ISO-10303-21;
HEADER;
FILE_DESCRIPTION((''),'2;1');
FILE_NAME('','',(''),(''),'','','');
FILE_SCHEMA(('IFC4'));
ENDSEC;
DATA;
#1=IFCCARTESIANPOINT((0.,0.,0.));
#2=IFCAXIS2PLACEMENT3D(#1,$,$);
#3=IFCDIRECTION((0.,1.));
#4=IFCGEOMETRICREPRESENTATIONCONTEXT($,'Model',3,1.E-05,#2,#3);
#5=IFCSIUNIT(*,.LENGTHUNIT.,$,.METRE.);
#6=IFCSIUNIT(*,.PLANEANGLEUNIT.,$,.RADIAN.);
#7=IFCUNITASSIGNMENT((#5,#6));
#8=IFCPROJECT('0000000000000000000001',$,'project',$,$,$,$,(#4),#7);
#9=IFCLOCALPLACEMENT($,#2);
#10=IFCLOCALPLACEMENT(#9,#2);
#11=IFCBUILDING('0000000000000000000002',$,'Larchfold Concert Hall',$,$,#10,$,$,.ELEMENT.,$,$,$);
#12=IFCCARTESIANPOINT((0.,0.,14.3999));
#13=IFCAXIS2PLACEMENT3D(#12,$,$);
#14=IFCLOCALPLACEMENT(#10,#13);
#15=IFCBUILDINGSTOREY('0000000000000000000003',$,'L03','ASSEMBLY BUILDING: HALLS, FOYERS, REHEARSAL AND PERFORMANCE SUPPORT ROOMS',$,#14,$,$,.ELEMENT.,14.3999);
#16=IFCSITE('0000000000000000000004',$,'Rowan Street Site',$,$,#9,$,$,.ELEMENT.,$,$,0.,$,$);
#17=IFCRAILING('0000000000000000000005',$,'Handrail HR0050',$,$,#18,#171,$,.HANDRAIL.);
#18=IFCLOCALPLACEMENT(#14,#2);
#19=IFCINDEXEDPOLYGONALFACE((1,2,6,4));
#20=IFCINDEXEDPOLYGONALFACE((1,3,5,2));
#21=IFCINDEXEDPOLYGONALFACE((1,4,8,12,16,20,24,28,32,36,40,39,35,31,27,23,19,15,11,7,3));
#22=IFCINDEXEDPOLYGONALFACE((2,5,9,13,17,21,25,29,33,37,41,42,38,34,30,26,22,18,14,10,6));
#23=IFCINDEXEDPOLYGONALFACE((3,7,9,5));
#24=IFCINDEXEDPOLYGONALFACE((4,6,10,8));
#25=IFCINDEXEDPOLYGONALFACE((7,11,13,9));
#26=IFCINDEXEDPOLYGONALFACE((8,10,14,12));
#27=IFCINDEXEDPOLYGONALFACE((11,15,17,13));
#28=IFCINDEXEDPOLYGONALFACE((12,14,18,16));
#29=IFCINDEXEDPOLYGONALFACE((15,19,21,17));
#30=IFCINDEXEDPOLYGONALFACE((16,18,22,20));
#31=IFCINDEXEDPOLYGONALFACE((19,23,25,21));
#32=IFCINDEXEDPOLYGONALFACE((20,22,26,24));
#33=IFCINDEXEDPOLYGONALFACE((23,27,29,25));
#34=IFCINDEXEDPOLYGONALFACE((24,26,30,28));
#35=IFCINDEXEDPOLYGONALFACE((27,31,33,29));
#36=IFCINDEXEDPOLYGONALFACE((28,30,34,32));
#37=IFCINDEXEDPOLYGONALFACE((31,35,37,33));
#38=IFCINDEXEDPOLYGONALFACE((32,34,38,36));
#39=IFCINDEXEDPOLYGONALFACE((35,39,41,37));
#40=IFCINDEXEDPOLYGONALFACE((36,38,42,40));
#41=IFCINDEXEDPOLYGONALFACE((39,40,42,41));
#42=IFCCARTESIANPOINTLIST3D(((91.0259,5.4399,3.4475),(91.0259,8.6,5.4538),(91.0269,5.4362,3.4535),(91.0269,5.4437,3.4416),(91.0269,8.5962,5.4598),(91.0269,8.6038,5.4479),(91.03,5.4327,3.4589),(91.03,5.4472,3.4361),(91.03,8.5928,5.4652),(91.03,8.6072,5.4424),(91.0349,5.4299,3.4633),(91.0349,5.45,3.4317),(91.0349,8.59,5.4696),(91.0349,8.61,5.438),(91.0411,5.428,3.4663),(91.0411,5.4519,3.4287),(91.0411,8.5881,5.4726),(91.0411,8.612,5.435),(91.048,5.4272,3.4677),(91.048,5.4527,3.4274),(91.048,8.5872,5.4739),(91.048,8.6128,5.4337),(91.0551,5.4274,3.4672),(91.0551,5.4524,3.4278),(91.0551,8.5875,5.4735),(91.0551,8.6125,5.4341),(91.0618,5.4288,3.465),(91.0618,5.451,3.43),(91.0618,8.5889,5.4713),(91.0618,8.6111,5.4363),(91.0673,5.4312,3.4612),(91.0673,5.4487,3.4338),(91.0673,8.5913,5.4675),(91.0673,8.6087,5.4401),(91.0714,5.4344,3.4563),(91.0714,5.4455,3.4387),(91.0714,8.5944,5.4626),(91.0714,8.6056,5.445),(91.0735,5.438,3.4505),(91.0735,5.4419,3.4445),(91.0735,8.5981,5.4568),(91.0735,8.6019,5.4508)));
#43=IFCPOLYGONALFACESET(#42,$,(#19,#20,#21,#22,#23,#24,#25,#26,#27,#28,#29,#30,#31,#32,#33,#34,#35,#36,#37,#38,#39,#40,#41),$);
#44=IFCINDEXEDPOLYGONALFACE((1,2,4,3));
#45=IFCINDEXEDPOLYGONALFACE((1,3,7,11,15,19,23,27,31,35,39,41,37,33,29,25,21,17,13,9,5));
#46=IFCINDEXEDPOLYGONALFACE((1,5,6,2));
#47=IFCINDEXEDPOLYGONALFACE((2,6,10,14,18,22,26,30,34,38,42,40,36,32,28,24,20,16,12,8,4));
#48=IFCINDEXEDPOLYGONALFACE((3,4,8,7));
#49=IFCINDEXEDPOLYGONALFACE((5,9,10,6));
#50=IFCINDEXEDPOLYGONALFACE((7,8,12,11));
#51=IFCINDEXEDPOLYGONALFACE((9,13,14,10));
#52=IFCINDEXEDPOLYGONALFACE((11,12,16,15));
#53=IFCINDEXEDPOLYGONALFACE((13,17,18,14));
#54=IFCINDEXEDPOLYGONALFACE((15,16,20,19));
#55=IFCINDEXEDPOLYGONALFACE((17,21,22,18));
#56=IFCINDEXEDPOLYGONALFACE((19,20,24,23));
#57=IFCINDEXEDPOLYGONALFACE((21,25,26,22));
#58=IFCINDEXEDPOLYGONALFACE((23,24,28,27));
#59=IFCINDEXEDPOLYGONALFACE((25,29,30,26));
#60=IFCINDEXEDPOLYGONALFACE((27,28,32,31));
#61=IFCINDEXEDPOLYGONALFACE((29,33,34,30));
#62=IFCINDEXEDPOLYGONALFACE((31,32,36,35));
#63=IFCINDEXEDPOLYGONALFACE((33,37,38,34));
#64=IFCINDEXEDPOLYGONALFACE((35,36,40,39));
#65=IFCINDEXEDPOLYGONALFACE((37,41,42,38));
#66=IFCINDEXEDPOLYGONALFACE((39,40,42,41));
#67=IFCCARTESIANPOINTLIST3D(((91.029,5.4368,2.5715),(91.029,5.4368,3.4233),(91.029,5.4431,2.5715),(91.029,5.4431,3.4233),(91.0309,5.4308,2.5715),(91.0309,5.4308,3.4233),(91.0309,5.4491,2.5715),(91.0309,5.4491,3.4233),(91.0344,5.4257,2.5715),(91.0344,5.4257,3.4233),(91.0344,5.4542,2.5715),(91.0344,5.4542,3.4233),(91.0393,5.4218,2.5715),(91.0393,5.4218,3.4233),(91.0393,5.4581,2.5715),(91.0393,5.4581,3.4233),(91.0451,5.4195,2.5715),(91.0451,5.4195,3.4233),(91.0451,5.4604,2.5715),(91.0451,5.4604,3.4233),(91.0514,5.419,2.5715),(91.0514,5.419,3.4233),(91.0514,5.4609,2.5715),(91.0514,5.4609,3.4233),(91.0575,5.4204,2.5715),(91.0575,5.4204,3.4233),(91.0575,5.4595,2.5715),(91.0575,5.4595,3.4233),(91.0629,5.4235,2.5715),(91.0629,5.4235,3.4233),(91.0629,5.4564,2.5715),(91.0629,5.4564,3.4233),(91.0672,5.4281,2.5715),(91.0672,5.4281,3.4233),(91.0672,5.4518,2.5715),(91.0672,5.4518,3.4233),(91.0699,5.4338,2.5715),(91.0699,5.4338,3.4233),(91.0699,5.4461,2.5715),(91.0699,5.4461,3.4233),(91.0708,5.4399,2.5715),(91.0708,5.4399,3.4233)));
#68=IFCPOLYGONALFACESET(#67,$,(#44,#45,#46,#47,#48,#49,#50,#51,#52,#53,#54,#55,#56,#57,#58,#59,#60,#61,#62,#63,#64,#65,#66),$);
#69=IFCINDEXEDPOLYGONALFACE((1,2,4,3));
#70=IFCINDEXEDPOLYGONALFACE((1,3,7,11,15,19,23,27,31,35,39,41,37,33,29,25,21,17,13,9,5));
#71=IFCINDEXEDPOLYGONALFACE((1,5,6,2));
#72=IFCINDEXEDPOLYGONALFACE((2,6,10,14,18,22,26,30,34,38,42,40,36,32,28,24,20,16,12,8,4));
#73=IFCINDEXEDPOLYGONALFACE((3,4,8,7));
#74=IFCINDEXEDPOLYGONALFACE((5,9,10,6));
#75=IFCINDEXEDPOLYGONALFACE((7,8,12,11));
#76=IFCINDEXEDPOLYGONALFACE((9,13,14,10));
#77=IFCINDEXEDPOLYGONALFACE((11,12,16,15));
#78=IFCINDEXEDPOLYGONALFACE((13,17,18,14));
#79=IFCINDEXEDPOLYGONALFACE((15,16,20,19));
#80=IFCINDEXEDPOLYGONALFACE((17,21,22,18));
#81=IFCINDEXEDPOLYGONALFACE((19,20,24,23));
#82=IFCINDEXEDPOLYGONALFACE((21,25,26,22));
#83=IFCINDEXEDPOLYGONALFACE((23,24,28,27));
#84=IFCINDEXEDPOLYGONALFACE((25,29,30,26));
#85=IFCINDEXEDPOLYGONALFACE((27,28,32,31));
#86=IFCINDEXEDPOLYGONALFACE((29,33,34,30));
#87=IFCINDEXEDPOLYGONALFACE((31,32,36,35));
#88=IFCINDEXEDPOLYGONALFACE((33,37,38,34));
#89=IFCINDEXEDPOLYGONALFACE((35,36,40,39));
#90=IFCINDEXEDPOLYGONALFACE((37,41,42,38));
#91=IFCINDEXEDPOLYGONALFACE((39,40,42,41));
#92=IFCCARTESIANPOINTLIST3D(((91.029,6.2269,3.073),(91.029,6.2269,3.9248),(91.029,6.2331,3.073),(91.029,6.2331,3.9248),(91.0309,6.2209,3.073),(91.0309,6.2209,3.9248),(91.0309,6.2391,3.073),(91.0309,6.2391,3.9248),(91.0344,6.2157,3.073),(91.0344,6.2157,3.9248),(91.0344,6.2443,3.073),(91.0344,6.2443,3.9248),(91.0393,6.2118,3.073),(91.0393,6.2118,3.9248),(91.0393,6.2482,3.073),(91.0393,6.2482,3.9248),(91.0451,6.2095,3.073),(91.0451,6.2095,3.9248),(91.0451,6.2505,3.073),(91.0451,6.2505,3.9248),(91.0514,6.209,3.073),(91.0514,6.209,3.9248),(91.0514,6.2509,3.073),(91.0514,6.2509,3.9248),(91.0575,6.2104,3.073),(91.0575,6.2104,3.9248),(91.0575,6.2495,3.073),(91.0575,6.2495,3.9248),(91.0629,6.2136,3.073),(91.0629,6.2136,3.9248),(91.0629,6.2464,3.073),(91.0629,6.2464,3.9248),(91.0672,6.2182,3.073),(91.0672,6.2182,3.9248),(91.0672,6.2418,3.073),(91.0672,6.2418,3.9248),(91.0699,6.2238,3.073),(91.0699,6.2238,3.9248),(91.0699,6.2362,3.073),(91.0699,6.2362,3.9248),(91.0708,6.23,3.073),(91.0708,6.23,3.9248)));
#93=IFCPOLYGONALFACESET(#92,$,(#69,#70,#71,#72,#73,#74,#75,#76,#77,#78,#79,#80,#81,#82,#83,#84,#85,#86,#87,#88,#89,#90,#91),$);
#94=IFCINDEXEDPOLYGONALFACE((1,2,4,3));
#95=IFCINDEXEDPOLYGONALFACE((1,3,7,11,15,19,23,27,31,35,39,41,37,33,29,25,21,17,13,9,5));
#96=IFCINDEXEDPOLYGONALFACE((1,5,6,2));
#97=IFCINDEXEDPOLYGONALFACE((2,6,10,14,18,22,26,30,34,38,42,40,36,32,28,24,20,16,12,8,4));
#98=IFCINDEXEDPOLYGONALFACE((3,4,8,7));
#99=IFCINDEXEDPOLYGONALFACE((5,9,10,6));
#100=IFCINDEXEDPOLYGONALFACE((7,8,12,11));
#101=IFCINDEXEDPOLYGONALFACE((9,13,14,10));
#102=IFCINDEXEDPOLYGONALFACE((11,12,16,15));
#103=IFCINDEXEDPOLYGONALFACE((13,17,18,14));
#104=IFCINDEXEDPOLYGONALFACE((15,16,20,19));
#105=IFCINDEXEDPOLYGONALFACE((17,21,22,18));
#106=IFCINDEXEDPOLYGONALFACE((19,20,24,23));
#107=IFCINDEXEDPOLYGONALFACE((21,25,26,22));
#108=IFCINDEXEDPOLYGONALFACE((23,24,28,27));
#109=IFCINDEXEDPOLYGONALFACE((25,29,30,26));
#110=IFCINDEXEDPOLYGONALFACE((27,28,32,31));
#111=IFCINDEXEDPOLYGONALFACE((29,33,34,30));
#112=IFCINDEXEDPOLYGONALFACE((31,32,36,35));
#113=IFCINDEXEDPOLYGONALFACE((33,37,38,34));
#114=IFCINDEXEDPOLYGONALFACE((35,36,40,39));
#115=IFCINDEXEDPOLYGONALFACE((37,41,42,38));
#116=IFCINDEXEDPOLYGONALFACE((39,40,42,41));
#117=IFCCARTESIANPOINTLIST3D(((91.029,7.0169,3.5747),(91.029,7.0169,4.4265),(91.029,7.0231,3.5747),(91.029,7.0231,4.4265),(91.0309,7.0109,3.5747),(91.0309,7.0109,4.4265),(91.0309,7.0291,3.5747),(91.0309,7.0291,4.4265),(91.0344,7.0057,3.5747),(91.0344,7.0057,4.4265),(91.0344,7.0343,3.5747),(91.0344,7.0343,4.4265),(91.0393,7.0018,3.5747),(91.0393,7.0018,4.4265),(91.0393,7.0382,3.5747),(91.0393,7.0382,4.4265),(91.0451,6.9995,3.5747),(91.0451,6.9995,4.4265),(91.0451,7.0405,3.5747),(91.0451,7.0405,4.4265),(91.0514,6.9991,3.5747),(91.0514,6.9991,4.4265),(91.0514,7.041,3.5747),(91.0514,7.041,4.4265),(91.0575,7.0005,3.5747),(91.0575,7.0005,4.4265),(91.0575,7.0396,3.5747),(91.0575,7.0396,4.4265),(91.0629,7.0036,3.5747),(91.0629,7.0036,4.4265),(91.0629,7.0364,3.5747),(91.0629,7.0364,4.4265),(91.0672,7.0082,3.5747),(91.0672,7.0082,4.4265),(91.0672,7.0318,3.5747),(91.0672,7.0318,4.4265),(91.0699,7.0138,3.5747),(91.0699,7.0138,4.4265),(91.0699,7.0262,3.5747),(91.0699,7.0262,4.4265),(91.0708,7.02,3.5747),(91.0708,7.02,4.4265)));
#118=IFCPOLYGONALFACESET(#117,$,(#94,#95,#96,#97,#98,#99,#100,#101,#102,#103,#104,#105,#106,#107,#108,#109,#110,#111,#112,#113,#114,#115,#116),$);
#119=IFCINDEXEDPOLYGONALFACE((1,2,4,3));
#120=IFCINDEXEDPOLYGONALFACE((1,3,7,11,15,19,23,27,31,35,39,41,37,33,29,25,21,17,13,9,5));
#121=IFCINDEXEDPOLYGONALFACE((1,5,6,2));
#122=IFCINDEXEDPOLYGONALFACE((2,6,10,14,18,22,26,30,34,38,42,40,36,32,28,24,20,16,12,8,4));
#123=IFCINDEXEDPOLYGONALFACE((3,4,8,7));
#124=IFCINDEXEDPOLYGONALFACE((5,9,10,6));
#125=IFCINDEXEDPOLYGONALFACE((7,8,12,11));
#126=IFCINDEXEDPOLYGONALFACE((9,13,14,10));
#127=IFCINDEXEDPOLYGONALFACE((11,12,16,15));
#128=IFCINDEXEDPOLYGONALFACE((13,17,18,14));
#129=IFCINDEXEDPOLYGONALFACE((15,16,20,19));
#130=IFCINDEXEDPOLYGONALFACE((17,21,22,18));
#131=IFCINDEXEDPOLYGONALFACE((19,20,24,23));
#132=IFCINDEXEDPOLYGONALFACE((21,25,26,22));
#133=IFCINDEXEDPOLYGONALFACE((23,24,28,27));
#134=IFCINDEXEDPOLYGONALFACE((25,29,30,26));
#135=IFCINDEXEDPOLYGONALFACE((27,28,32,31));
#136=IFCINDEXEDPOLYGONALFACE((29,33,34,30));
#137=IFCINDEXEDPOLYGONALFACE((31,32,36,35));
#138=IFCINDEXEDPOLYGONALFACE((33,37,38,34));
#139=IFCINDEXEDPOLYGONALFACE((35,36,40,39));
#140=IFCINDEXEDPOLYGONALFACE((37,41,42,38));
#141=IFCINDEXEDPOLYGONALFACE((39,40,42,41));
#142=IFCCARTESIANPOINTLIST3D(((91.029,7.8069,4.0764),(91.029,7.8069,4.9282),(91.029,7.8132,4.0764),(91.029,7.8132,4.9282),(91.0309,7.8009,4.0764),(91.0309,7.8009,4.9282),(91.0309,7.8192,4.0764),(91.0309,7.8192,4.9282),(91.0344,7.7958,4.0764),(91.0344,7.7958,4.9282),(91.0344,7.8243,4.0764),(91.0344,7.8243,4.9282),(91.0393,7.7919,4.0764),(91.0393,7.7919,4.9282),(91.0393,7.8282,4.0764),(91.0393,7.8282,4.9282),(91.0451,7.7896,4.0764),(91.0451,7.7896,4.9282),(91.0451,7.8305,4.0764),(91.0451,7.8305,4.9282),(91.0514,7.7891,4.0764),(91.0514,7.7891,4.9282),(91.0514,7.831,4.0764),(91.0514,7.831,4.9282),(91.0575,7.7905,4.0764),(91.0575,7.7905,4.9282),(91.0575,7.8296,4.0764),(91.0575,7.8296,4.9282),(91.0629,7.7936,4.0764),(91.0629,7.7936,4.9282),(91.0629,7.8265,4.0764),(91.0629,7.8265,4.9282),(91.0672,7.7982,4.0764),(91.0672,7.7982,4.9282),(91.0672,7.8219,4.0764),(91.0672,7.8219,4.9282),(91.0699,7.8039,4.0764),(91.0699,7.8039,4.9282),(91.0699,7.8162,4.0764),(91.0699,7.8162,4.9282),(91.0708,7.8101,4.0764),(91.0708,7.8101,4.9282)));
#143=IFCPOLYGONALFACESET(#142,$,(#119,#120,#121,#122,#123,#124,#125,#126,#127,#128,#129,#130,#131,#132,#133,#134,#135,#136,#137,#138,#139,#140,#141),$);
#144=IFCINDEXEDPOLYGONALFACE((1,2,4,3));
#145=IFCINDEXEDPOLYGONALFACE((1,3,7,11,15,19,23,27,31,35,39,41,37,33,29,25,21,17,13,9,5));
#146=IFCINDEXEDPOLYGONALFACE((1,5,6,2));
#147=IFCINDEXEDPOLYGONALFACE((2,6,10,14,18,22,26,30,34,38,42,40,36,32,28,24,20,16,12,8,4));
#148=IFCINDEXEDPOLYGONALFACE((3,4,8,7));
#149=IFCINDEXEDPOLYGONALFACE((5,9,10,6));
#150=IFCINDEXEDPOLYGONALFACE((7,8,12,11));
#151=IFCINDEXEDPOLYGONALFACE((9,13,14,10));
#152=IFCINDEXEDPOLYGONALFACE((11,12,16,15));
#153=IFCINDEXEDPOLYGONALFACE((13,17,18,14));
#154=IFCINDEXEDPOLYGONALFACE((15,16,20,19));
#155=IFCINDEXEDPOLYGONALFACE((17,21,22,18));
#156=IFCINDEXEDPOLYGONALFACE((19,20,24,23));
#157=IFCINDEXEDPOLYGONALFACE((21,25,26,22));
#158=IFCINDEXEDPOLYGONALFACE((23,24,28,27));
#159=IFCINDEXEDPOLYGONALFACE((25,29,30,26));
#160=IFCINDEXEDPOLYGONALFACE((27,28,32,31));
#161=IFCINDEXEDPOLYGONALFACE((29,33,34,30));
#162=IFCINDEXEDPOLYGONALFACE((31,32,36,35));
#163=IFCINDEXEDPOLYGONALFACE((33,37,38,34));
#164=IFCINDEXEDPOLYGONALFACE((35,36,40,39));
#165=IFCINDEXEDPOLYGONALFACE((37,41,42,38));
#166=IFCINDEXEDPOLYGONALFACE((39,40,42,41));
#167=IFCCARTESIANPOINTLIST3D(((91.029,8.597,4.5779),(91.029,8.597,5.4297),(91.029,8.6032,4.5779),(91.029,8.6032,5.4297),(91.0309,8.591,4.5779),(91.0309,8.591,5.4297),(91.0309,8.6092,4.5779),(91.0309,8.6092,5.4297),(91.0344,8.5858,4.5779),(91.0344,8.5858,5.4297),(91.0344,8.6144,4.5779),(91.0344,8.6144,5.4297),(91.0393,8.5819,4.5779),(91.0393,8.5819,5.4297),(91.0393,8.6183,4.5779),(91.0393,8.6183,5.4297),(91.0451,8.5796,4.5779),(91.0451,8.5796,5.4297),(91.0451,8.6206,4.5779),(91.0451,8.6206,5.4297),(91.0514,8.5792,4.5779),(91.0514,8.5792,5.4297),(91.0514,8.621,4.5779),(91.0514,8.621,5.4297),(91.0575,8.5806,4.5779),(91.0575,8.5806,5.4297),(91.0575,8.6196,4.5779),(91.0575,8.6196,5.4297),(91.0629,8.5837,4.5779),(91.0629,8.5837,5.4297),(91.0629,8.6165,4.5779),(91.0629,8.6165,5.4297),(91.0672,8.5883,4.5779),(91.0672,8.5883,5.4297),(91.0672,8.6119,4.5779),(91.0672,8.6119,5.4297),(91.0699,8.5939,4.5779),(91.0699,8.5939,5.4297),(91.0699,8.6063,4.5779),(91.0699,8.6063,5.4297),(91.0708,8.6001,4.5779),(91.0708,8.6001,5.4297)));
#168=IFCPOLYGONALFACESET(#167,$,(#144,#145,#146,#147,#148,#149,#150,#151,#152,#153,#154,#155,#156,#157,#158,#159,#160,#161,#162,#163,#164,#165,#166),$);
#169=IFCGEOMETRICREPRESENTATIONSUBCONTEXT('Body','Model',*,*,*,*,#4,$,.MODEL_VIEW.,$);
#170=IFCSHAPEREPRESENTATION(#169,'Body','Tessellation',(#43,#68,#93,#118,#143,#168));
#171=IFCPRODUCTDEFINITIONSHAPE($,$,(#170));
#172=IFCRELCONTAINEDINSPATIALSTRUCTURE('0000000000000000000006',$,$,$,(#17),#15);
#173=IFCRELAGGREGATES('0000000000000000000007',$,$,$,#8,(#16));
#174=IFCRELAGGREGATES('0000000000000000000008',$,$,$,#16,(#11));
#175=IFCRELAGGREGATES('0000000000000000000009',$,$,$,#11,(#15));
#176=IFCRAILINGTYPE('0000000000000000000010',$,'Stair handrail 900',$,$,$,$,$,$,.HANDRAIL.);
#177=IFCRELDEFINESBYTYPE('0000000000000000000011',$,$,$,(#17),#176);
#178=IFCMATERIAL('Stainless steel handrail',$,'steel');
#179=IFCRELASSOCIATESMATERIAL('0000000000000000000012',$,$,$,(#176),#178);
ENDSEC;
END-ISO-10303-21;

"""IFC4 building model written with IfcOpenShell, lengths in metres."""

from ifc_helpers import new_model, si_unit, direction, frame, origin, origin_2d, place, context, subcontext, project, spatial, circle, extrude, material, type_object, element, save


model = new_model("IFC4")

# Units and contexts
model_context = context("Model", 3, precision=1e-05, world=origin(), true_north=direction((0.0, 1.0)))
body_context = subcontext(model_context, "Body", "Model", "MODEL_VIEW")
ifc_project = project(units=[si_unit("LENGTHUNIT", "METRE"), si_unit("PLANEANGLEUNIT", "RADIAN")], contexts=[model_context])

# Site, building, storey
site_placement = place(None, origin())
site = spatial("IfcSite", under=ifc_project, at=site_placement, Name="Rowan Street Site", CompositionType="ELEMENT", RefElevation=0.0)
building_placement = place(site_placement, origin())
building = spatial("IfcBuilding", under=site, at=building_placement, Name="Larchfold Concert Hall", CompositionType="ELEMENT")
storey_placement = place(building_placement, frame((0.0, 0.0, 14.3999)))
storey = spatial("IfcBuildingStorey", under=building, at=storey_placement, Name="L03", Description="ASSEMBLY BUILDING: HALLS, FOYERS, REHEARSAL AND PERFORMANCE SUPPORT ROOMS", CompositionType="ELEMENT", Elevation=14.3999)

# Railing
ifc_material_1 = material(Name="Stainless steel handrail", Category="steel")
railing_type_1 = type_object("IfcRailingType", Name="Stair handrail 900", PredefinedType="HANDRAIL", material=ifc_material_1)
railing_1_placement = place(storey_placement, frame((91.0498, 5.4399, 2.5715)))
element("IfcRailing", 1, at=railing_1_placement, inside=storey, type_object=railing_type_1, Name="Handrail HR0050", PredefinedType="HANDRAIL", context=body_context, shape_type="SweptSolid", body=[
    extrude(circle(Radius=0.0239, at=origin_2d()), frame((0.0, 0.0, 0.876), z_axis=(0.0, 0.844225, 0.535989), x_axis=(-1.0, 0.0, 0.0)), (0.0, 0.0, 1.0), 3.7432),
    extrude(circle(Radius=0.021, at=origin_2d()), origin(), (0.0, 0.0, 1.0), 0.8518),
    extrude(circle(Radius=0.021, at=origin_2d()), frame((0.0, 0.79, 0.5015)), (0.0, 0.0, 1.0), 0.8518),
    extrude(circle(Radius=0.021, at=origin_2d()), frame((0.0, 1.5801, 1.0032)), (0.0, 0.0, 1.0), 0.8518),
    extrude(circle(Radius=0.021, at=origin_2d()), frame((0.0, 2.3701, 1.5049)), (0.0, 0.0, 1.0), 0.8518),
    extrude(circle(Radius=0.021, at=origin_2d()), frame((0.0, 3.1602, 2.0063)), (0.0, 0.0, 1.0), 0.8518),
])

save(model, "model.ifc")
